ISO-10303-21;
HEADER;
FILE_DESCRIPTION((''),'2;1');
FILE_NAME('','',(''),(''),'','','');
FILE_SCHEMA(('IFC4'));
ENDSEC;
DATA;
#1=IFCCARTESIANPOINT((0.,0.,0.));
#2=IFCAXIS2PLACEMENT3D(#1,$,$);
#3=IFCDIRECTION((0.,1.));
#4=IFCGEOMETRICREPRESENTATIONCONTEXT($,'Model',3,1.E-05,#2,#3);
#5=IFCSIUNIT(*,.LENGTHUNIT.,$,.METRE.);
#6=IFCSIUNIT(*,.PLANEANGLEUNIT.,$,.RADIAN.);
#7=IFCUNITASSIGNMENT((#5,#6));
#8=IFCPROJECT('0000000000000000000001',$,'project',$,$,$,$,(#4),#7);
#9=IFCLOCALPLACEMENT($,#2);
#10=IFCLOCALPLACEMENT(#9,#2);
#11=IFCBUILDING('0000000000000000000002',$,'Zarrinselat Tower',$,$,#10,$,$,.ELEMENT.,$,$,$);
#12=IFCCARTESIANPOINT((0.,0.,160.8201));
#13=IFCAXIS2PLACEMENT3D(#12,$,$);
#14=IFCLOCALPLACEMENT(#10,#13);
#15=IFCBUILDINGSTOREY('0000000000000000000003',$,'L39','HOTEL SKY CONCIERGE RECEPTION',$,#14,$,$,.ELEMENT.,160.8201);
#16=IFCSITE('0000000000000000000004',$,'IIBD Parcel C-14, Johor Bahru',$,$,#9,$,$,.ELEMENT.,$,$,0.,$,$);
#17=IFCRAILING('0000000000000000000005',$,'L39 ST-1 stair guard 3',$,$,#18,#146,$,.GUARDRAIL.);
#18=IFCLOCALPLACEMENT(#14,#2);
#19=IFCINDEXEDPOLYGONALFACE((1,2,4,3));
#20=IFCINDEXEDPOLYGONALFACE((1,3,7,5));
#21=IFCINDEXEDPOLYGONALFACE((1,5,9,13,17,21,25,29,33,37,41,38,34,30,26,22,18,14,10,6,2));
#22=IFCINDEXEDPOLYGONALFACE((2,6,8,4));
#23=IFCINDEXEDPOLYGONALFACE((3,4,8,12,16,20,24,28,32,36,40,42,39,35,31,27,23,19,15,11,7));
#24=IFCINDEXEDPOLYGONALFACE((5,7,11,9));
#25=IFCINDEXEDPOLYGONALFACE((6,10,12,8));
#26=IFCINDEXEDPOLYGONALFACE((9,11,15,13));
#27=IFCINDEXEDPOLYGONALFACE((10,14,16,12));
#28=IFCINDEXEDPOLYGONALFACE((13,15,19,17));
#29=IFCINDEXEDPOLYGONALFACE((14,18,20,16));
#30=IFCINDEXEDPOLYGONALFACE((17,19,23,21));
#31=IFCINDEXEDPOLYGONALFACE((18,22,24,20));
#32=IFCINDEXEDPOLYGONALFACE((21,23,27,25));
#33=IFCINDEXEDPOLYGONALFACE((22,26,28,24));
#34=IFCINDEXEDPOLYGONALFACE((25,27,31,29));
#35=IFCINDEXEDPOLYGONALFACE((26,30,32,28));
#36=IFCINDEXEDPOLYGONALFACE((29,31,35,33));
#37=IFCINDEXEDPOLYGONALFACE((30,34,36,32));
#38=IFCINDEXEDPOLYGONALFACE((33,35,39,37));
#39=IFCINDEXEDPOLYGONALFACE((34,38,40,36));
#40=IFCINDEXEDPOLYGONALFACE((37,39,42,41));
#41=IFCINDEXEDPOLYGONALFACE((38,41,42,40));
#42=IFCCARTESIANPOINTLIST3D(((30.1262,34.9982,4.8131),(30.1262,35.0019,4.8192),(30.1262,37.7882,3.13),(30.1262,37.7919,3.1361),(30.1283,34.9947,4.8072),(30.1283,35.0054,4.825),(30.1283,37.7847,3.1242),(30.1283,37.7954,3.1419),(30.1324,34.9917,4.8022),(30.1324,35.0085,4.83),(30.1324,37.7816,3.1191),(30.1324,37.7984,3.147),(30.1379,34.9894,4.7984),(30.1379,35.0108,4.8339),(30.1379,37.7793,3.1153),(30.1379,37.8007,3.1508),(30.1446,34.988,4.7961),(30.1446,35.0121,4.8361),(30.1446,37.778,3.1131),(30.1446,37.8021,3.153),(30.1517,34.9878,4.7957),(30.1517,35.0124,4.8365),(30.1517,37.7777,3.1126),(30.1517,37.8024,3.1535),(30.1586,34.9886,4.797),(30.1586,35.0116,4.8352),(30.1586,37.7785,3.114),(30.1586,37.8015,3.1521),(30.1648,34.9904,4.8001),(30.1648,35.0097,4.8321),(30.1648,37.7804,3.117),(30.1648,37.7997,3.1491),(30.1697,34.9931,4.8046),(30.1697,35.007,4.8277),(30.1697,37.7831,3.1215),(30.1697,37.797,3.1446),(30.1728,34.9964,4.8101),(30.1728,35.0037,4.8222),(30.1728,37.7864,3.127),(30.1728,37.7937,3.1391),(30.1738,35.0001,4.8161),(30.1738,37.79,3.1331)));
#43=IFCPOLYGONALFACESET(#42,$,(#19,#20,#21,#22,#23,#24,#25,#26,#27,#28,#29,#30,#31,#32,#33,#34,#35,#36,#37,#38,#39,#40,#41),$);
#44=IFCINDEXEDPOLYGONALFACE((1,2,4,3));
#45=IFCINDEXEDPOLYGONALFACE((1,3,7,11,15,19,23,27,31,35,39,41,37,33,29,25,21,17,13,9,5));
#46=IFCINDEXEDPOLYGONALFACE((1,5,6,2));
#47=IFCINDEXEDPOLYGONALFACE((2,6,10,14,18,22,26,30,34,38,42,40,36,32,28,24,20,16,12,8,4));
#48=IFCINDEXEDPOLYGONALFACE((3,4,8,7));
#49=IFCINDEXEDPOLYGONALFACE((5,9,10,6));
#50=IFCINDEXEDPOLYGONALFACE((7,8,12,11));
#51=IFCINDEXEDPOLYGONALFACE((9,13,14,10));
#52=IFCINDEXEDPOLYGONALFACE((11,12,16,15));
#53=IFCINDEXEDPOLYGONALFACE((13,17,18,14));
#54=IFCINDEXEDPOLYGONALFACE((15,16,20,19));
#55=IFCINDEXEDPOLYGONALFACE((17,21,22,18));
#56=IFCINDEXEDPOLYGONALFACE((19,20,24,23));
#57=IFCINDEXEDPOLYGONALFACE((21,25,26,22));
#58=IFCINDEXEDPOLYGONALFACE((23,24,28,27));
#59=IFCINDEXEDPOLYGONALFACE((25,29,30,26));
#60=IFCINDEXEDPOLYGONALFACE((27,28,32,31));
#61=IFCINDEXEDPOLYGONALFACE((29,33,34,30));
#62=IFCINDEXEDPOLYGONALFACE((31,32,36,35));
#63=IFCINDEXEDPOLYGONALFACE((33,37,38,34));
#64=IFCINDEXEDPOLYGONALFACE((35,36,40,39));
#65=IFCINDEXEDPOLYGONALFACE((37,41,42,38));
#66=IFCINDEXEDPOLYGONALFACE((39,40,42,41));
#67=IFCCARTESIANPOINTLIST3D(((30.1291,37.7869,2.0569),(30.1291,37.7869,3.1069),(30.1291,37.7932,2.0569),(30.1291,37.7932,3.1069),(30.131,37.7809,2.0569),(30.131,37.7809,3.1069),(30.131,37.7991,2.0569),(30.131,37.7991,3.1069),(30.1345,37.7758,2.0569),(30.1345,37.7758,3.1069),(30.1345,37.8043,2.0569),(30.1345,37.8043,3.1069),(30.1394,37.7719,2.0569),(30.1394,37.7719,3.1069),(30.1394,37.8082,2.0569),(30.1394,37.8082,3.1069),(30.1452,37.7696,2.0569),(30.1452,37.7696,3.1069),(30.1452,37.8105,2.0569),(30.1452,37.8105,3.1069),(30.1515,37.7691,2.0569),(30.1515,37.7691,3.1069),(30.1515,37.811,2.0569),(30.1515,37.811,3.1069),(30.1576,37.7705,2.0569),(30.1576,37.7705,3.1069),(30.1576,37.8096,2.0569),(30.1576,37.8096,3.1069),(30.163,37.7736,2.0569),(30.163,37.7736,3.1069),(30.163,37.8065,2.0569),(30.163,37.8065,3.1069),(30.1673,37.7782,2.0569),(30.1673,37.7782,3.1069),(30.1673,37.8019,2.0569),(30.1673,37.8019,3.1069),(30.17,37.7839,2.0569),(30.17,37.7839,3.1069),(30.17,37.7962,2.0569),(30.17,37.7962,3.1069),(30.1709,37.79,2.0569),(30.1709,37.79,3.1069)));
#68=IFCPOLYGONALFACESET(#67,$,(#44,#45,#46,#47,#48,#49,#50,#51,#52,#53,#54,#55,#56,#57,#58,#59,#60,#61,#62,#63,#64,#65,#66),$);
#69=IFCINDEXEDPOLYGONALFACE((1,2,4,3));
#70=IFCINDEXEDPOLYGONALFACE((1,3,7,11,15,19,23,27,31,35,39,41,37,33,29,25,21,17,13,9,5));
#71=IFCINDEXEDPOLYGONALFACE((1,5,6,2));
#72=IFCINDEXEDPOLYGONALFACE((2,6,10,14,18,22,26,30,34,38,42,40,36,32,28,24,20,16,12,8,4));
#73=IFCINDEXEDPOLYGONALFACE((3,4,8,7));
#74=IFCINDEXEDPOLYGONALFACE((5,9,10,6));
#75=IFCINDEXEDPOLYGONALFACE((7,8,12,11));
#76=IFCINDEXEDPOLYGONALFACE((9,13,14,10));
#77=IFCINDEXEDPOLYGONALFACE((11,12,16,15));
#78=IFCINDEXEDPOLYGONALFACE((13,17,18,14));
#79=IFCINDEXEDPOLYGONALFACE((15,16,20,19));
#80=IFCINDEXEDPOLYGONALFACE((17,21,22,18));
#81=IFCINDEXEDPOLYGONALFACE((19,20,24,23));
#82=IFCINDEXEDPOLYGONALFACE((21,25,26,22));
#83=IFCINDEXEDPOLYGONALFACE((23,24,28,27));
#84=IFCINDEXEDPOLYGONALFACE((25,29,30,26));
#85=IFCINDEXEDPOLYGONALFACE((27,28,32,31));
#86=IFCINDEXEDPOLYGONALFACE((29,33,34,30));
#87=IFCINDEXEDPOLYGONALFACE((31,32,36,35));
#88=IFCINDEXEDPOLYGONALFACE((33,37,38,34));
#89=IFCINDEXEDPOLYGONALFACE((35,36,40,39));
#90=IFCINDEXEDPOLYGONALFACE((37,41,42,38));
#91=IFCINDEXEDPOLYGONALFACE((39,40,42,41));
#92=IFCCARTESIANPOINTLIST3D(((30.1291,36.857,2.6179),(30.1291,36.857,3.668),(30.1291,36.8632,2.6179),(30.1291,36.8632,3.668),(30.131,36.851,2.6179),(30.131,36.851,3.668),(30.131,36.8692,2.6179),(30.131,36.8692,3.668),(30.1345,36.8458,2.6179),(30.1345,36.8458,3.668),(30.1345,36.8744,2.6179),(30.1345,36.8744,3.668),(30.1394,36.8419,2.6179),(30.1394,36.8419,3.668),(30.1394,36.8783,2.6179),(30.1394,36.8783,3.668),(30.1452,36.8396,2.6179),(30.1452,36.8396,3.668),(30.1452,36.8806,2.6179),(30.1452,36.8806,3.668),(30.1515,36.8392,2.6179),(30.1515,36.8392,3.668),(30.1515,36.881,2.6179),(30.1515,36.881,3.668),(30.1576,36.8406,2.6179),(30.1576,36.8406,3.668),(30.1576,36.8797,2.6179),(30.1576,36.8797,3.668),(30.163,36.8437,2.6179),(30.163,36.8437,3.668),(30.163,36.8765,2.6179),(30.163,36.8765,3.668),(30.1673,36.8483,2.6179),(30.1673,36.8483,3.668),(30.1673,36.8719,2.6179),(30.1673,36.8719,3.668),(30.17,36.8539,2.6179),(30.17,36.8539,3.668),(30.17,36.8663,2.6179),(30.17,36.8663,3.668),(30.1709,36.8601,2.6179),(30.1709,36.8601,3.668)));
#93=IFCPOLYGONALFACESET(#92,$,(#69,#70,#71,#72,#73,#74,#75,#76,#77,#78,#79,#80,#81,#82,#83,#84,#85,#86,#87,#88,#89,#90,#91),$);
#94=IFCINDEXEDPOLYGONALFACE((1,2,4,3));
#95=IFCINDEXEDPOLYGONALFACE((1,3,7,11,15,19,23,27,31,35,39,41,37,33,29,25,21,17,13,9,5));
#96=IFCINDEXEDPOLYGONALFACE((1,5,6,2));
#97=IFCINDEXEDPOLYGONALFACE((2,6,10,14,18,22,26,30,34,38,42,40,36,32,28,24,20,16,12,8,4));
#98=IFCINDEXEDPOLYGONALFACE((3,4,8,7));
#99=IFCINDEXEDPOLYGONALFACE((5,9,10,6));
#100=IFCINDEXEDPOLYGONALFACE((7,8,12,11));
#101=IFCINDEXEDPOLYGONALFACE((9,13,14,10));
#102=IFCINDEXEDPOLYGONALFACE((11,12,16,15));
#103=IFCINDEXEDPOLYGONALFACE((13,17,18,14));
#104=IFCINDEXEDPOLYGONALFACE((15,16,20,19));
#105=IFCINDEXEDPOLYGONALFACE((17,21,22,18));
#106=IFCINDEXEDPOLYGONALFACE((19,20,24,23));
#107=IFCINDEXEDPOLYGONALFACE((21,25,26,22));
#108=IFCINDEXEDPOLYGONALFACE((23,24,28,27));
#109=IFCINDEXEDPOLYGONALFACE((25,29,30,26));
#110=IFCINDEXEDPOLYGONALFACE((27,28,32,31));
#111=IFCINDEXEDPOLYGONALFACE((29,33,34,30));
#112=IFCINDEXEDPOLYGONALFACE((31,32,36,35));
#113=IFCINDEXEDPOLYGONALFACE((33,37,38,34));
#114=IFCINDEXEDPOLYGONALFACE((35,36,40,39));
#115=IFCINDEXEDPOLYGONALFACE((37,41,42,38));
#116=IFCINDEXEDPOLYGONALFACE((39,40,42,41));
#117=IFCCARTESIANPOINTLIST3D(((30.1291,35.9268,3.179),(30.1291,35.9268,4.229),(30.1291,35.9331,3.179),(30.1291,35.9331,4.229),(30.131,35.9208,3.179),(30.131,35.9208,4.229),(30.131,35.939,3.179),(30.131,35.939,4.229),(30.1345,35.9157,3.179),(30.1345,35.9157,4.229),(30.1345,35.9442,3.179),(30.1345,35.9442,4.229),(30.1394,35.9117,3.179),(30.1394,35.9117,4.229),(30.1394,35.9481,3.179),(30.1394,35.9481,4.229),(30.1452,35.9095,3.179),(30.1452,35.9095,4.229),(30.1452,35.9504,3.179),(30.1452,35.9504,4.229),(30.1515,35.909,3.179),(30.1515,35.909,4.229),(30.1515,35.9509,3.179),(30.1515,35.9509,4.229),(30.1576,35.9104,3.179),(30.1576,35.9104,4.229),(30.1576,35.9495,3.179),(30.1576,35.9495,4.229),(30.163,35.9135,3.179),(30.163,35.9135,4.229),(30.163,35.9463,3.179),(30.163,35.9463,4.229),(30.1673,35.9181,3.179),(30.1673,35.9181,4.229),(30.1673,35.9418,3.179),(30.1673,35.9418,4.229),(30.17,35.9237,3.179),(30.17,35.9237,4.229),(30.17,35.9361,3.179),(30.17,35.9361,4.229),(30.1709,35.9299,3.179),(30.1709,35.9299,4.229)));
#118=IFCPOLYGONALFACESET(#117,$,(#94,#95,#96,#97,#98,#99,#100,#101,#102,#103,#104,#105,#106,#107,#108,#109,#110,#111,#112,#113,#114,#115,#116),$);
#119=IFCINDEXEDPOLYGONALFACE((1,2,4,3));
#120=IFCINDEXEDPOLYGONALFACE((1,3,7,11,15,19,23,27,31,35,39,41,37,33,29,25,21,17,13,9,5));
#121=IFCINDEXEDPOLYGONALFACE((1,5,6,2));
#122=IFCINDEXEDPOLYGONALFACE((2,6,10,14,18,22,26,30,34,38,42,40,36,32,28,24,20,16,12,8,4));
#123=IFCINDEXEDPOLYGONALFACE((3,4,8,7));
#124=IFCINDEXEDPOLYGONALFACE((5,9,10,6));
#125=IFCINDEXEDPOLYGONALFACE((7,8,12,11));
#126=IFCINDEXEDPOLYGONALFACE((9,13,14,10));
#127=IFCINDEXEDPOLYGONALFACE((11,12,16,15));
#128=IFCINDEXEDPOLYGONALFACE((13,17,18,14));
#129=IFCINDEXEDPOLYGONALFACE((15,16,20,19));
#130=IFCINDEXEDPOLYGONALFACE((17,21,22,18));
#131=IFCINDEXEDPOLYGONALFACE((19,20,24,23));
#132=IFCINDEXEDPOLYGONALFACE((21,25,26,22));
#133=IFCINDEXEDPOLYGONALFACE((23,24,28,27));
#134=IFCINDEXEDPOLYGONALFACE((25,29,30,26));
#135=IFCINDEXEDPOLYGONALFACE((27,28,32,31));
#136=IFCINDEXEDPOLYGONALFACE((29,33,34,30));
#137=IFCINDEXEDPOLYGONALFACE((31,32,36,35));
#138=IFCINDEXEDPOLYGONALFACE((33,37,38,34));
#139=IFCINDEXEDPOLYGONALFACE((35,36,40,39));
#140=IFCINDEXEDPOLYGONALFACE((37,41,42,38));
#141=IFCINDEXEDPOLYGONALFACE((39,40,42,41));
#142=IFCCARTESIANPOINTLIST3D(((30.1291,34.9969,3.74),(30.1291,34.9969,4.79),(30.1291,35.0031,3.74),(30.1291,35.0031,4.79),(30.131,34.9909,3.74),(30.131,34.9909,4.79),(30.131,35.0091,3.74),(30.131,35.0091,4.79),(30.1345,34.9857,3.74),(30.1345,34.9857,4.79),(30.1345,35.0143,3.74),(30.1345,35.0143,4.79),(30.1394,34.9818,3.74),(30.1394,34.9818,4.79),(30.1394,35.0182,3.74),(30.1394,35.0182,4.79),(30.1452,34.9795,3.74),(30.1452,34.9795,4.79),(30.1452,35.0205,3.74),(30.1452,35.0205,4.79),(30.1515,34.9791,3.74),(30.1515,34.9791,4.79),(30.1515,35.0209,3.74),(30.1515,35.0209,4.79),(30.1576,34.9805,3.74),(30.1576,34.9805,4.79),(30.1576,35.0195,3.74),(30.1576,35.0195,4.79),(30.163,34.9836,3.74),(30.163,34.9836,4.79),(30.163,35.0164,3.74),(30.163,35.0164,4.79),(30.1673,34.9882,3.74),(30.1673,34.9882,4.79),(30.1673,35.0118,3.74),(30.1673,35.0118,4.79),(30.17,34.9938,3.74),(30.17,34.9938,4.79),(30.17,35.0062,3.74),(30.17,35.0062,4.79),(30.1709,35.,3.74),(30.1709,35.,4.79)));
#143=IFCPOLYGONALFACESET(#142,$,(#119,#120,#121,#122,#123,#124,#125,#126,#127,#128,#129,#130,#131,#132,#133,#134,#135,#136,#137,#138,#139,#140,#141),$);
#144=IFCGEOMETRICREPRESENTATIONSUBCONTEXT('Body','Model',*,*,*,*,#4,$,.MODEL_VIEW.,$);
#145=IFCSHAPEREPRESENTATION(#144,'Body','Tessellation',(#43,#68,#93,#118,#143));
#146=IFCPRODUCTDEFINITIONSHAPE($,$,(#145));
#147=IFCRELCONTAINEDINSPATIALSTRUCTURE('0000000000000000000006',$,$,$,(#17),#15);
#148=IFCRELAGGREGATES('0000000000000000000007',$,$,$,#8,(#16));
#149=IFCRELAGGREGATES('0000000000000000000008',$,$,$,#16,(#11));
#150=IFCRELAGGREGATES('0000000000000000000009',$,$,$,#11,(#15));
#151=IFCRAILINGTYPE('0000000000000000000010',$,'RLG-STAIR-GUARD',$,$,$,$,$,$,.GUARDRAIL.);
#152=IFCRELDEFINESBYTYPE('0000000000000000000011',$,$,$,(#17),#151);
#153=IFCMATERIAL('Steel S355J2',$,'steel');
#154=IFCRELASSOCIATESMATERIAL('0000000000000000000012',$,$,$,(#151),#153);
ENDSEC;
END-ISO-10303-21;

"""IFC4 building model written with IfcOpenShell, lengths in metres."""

from ifc_helpers import new_model, si_unit, direction, frame, origin, origin_2d, place, context, subcontext, project, spatial, circle, extrude, material, type_object, element, save


model = new_model("IFC4")

# Units and contexts
model_context = context("Model", 3, precision=1e-05, world=origin(), true_north=direction((0.0, 1.0)))
body_context = subcontext(model_context, "Body", "Model", "MODEL_VIEW")
ifc_project = project(units=[si_unit("LENGTHUNIT", "METRE"), si_unit("PLANEANGLEUNIT", "RADIAN")], contexts=[model_context])

# Site, building, storey
site_placement = place(None, origin())
site = spatial("IfcSite", under=ifc_project, at=site_placement, Name="IIBD Parcel C-14, Johor Bahru", CompositionType="ELEMENT", RefElevation=0.0)
building_placement = place(site_placement, origin())
building = spatial("IfcBuilding", under=site, at=building_placement, Name="Zarrinselat Tower", CompositionType="ELEMENT")
storey_placement = place(building_placement, frame((0.0, 0.0, 160.8201)))
storey = spatial("IfcBuildingStorey", under=building, at=storey_placement, Name="L39", Description="HOTEL SKY CONCIERGE RECEPTION", CompositionType="ELEMENT", Elevation=160.8201)

# Railing
ifc_material_1 = material(Name="Steel S355J2", Category="steel")
railing_type_1 = type_object("IfcRailingType", Name="RLG-STAIR-GUARD", PredefinedType="GUARDRAIL", material=ifc_material_1)
railing_1_placement = place(storey_placement, frame((30.1499, 37.79, 2.0569)))
element("IfcRailing", 1, at=railing_1_placement, inside=storey, type_object=railing_type_1, Name="L39 ST-1 stair guard 3", PredefinedType="GUARDRAIL", context=body_context, shape_type="SweptSolid", body=[
    extrude(circle(Radius=0.0239, at=origin_2d()), frame((0.0, 0.0, 1.0762), z_axis=(0.0, -0.856261, 0.516544), x_axis=(1.0, 0.0, 0.0)), (0.0, 0.0, 1.0), 3.2583),
    extrude(circle(Radius=0.021, at=origin_2d()), origin(), (0.0, 0.0, 1.0), 1.05),
    extrude(circle(Radius=0.021, at=origin_2d()), frame((0.0, -0.9299, 0.561)), (0.0, 0.0, 1.0), 1.05),
    extrude(circle(Radius=0.021, at=origin_2d()), frame((0.0, -1.8601, 1.1221)), (0.0, 0.0, 1.0), 1.05),
    extrude(circle(Radius=0.021, at=origin_2d()), frame((0.0, -2.79, 1.6831)), (0.0, 0.0, 1.0), 1.05),
])

save(model, "model.ifc")
